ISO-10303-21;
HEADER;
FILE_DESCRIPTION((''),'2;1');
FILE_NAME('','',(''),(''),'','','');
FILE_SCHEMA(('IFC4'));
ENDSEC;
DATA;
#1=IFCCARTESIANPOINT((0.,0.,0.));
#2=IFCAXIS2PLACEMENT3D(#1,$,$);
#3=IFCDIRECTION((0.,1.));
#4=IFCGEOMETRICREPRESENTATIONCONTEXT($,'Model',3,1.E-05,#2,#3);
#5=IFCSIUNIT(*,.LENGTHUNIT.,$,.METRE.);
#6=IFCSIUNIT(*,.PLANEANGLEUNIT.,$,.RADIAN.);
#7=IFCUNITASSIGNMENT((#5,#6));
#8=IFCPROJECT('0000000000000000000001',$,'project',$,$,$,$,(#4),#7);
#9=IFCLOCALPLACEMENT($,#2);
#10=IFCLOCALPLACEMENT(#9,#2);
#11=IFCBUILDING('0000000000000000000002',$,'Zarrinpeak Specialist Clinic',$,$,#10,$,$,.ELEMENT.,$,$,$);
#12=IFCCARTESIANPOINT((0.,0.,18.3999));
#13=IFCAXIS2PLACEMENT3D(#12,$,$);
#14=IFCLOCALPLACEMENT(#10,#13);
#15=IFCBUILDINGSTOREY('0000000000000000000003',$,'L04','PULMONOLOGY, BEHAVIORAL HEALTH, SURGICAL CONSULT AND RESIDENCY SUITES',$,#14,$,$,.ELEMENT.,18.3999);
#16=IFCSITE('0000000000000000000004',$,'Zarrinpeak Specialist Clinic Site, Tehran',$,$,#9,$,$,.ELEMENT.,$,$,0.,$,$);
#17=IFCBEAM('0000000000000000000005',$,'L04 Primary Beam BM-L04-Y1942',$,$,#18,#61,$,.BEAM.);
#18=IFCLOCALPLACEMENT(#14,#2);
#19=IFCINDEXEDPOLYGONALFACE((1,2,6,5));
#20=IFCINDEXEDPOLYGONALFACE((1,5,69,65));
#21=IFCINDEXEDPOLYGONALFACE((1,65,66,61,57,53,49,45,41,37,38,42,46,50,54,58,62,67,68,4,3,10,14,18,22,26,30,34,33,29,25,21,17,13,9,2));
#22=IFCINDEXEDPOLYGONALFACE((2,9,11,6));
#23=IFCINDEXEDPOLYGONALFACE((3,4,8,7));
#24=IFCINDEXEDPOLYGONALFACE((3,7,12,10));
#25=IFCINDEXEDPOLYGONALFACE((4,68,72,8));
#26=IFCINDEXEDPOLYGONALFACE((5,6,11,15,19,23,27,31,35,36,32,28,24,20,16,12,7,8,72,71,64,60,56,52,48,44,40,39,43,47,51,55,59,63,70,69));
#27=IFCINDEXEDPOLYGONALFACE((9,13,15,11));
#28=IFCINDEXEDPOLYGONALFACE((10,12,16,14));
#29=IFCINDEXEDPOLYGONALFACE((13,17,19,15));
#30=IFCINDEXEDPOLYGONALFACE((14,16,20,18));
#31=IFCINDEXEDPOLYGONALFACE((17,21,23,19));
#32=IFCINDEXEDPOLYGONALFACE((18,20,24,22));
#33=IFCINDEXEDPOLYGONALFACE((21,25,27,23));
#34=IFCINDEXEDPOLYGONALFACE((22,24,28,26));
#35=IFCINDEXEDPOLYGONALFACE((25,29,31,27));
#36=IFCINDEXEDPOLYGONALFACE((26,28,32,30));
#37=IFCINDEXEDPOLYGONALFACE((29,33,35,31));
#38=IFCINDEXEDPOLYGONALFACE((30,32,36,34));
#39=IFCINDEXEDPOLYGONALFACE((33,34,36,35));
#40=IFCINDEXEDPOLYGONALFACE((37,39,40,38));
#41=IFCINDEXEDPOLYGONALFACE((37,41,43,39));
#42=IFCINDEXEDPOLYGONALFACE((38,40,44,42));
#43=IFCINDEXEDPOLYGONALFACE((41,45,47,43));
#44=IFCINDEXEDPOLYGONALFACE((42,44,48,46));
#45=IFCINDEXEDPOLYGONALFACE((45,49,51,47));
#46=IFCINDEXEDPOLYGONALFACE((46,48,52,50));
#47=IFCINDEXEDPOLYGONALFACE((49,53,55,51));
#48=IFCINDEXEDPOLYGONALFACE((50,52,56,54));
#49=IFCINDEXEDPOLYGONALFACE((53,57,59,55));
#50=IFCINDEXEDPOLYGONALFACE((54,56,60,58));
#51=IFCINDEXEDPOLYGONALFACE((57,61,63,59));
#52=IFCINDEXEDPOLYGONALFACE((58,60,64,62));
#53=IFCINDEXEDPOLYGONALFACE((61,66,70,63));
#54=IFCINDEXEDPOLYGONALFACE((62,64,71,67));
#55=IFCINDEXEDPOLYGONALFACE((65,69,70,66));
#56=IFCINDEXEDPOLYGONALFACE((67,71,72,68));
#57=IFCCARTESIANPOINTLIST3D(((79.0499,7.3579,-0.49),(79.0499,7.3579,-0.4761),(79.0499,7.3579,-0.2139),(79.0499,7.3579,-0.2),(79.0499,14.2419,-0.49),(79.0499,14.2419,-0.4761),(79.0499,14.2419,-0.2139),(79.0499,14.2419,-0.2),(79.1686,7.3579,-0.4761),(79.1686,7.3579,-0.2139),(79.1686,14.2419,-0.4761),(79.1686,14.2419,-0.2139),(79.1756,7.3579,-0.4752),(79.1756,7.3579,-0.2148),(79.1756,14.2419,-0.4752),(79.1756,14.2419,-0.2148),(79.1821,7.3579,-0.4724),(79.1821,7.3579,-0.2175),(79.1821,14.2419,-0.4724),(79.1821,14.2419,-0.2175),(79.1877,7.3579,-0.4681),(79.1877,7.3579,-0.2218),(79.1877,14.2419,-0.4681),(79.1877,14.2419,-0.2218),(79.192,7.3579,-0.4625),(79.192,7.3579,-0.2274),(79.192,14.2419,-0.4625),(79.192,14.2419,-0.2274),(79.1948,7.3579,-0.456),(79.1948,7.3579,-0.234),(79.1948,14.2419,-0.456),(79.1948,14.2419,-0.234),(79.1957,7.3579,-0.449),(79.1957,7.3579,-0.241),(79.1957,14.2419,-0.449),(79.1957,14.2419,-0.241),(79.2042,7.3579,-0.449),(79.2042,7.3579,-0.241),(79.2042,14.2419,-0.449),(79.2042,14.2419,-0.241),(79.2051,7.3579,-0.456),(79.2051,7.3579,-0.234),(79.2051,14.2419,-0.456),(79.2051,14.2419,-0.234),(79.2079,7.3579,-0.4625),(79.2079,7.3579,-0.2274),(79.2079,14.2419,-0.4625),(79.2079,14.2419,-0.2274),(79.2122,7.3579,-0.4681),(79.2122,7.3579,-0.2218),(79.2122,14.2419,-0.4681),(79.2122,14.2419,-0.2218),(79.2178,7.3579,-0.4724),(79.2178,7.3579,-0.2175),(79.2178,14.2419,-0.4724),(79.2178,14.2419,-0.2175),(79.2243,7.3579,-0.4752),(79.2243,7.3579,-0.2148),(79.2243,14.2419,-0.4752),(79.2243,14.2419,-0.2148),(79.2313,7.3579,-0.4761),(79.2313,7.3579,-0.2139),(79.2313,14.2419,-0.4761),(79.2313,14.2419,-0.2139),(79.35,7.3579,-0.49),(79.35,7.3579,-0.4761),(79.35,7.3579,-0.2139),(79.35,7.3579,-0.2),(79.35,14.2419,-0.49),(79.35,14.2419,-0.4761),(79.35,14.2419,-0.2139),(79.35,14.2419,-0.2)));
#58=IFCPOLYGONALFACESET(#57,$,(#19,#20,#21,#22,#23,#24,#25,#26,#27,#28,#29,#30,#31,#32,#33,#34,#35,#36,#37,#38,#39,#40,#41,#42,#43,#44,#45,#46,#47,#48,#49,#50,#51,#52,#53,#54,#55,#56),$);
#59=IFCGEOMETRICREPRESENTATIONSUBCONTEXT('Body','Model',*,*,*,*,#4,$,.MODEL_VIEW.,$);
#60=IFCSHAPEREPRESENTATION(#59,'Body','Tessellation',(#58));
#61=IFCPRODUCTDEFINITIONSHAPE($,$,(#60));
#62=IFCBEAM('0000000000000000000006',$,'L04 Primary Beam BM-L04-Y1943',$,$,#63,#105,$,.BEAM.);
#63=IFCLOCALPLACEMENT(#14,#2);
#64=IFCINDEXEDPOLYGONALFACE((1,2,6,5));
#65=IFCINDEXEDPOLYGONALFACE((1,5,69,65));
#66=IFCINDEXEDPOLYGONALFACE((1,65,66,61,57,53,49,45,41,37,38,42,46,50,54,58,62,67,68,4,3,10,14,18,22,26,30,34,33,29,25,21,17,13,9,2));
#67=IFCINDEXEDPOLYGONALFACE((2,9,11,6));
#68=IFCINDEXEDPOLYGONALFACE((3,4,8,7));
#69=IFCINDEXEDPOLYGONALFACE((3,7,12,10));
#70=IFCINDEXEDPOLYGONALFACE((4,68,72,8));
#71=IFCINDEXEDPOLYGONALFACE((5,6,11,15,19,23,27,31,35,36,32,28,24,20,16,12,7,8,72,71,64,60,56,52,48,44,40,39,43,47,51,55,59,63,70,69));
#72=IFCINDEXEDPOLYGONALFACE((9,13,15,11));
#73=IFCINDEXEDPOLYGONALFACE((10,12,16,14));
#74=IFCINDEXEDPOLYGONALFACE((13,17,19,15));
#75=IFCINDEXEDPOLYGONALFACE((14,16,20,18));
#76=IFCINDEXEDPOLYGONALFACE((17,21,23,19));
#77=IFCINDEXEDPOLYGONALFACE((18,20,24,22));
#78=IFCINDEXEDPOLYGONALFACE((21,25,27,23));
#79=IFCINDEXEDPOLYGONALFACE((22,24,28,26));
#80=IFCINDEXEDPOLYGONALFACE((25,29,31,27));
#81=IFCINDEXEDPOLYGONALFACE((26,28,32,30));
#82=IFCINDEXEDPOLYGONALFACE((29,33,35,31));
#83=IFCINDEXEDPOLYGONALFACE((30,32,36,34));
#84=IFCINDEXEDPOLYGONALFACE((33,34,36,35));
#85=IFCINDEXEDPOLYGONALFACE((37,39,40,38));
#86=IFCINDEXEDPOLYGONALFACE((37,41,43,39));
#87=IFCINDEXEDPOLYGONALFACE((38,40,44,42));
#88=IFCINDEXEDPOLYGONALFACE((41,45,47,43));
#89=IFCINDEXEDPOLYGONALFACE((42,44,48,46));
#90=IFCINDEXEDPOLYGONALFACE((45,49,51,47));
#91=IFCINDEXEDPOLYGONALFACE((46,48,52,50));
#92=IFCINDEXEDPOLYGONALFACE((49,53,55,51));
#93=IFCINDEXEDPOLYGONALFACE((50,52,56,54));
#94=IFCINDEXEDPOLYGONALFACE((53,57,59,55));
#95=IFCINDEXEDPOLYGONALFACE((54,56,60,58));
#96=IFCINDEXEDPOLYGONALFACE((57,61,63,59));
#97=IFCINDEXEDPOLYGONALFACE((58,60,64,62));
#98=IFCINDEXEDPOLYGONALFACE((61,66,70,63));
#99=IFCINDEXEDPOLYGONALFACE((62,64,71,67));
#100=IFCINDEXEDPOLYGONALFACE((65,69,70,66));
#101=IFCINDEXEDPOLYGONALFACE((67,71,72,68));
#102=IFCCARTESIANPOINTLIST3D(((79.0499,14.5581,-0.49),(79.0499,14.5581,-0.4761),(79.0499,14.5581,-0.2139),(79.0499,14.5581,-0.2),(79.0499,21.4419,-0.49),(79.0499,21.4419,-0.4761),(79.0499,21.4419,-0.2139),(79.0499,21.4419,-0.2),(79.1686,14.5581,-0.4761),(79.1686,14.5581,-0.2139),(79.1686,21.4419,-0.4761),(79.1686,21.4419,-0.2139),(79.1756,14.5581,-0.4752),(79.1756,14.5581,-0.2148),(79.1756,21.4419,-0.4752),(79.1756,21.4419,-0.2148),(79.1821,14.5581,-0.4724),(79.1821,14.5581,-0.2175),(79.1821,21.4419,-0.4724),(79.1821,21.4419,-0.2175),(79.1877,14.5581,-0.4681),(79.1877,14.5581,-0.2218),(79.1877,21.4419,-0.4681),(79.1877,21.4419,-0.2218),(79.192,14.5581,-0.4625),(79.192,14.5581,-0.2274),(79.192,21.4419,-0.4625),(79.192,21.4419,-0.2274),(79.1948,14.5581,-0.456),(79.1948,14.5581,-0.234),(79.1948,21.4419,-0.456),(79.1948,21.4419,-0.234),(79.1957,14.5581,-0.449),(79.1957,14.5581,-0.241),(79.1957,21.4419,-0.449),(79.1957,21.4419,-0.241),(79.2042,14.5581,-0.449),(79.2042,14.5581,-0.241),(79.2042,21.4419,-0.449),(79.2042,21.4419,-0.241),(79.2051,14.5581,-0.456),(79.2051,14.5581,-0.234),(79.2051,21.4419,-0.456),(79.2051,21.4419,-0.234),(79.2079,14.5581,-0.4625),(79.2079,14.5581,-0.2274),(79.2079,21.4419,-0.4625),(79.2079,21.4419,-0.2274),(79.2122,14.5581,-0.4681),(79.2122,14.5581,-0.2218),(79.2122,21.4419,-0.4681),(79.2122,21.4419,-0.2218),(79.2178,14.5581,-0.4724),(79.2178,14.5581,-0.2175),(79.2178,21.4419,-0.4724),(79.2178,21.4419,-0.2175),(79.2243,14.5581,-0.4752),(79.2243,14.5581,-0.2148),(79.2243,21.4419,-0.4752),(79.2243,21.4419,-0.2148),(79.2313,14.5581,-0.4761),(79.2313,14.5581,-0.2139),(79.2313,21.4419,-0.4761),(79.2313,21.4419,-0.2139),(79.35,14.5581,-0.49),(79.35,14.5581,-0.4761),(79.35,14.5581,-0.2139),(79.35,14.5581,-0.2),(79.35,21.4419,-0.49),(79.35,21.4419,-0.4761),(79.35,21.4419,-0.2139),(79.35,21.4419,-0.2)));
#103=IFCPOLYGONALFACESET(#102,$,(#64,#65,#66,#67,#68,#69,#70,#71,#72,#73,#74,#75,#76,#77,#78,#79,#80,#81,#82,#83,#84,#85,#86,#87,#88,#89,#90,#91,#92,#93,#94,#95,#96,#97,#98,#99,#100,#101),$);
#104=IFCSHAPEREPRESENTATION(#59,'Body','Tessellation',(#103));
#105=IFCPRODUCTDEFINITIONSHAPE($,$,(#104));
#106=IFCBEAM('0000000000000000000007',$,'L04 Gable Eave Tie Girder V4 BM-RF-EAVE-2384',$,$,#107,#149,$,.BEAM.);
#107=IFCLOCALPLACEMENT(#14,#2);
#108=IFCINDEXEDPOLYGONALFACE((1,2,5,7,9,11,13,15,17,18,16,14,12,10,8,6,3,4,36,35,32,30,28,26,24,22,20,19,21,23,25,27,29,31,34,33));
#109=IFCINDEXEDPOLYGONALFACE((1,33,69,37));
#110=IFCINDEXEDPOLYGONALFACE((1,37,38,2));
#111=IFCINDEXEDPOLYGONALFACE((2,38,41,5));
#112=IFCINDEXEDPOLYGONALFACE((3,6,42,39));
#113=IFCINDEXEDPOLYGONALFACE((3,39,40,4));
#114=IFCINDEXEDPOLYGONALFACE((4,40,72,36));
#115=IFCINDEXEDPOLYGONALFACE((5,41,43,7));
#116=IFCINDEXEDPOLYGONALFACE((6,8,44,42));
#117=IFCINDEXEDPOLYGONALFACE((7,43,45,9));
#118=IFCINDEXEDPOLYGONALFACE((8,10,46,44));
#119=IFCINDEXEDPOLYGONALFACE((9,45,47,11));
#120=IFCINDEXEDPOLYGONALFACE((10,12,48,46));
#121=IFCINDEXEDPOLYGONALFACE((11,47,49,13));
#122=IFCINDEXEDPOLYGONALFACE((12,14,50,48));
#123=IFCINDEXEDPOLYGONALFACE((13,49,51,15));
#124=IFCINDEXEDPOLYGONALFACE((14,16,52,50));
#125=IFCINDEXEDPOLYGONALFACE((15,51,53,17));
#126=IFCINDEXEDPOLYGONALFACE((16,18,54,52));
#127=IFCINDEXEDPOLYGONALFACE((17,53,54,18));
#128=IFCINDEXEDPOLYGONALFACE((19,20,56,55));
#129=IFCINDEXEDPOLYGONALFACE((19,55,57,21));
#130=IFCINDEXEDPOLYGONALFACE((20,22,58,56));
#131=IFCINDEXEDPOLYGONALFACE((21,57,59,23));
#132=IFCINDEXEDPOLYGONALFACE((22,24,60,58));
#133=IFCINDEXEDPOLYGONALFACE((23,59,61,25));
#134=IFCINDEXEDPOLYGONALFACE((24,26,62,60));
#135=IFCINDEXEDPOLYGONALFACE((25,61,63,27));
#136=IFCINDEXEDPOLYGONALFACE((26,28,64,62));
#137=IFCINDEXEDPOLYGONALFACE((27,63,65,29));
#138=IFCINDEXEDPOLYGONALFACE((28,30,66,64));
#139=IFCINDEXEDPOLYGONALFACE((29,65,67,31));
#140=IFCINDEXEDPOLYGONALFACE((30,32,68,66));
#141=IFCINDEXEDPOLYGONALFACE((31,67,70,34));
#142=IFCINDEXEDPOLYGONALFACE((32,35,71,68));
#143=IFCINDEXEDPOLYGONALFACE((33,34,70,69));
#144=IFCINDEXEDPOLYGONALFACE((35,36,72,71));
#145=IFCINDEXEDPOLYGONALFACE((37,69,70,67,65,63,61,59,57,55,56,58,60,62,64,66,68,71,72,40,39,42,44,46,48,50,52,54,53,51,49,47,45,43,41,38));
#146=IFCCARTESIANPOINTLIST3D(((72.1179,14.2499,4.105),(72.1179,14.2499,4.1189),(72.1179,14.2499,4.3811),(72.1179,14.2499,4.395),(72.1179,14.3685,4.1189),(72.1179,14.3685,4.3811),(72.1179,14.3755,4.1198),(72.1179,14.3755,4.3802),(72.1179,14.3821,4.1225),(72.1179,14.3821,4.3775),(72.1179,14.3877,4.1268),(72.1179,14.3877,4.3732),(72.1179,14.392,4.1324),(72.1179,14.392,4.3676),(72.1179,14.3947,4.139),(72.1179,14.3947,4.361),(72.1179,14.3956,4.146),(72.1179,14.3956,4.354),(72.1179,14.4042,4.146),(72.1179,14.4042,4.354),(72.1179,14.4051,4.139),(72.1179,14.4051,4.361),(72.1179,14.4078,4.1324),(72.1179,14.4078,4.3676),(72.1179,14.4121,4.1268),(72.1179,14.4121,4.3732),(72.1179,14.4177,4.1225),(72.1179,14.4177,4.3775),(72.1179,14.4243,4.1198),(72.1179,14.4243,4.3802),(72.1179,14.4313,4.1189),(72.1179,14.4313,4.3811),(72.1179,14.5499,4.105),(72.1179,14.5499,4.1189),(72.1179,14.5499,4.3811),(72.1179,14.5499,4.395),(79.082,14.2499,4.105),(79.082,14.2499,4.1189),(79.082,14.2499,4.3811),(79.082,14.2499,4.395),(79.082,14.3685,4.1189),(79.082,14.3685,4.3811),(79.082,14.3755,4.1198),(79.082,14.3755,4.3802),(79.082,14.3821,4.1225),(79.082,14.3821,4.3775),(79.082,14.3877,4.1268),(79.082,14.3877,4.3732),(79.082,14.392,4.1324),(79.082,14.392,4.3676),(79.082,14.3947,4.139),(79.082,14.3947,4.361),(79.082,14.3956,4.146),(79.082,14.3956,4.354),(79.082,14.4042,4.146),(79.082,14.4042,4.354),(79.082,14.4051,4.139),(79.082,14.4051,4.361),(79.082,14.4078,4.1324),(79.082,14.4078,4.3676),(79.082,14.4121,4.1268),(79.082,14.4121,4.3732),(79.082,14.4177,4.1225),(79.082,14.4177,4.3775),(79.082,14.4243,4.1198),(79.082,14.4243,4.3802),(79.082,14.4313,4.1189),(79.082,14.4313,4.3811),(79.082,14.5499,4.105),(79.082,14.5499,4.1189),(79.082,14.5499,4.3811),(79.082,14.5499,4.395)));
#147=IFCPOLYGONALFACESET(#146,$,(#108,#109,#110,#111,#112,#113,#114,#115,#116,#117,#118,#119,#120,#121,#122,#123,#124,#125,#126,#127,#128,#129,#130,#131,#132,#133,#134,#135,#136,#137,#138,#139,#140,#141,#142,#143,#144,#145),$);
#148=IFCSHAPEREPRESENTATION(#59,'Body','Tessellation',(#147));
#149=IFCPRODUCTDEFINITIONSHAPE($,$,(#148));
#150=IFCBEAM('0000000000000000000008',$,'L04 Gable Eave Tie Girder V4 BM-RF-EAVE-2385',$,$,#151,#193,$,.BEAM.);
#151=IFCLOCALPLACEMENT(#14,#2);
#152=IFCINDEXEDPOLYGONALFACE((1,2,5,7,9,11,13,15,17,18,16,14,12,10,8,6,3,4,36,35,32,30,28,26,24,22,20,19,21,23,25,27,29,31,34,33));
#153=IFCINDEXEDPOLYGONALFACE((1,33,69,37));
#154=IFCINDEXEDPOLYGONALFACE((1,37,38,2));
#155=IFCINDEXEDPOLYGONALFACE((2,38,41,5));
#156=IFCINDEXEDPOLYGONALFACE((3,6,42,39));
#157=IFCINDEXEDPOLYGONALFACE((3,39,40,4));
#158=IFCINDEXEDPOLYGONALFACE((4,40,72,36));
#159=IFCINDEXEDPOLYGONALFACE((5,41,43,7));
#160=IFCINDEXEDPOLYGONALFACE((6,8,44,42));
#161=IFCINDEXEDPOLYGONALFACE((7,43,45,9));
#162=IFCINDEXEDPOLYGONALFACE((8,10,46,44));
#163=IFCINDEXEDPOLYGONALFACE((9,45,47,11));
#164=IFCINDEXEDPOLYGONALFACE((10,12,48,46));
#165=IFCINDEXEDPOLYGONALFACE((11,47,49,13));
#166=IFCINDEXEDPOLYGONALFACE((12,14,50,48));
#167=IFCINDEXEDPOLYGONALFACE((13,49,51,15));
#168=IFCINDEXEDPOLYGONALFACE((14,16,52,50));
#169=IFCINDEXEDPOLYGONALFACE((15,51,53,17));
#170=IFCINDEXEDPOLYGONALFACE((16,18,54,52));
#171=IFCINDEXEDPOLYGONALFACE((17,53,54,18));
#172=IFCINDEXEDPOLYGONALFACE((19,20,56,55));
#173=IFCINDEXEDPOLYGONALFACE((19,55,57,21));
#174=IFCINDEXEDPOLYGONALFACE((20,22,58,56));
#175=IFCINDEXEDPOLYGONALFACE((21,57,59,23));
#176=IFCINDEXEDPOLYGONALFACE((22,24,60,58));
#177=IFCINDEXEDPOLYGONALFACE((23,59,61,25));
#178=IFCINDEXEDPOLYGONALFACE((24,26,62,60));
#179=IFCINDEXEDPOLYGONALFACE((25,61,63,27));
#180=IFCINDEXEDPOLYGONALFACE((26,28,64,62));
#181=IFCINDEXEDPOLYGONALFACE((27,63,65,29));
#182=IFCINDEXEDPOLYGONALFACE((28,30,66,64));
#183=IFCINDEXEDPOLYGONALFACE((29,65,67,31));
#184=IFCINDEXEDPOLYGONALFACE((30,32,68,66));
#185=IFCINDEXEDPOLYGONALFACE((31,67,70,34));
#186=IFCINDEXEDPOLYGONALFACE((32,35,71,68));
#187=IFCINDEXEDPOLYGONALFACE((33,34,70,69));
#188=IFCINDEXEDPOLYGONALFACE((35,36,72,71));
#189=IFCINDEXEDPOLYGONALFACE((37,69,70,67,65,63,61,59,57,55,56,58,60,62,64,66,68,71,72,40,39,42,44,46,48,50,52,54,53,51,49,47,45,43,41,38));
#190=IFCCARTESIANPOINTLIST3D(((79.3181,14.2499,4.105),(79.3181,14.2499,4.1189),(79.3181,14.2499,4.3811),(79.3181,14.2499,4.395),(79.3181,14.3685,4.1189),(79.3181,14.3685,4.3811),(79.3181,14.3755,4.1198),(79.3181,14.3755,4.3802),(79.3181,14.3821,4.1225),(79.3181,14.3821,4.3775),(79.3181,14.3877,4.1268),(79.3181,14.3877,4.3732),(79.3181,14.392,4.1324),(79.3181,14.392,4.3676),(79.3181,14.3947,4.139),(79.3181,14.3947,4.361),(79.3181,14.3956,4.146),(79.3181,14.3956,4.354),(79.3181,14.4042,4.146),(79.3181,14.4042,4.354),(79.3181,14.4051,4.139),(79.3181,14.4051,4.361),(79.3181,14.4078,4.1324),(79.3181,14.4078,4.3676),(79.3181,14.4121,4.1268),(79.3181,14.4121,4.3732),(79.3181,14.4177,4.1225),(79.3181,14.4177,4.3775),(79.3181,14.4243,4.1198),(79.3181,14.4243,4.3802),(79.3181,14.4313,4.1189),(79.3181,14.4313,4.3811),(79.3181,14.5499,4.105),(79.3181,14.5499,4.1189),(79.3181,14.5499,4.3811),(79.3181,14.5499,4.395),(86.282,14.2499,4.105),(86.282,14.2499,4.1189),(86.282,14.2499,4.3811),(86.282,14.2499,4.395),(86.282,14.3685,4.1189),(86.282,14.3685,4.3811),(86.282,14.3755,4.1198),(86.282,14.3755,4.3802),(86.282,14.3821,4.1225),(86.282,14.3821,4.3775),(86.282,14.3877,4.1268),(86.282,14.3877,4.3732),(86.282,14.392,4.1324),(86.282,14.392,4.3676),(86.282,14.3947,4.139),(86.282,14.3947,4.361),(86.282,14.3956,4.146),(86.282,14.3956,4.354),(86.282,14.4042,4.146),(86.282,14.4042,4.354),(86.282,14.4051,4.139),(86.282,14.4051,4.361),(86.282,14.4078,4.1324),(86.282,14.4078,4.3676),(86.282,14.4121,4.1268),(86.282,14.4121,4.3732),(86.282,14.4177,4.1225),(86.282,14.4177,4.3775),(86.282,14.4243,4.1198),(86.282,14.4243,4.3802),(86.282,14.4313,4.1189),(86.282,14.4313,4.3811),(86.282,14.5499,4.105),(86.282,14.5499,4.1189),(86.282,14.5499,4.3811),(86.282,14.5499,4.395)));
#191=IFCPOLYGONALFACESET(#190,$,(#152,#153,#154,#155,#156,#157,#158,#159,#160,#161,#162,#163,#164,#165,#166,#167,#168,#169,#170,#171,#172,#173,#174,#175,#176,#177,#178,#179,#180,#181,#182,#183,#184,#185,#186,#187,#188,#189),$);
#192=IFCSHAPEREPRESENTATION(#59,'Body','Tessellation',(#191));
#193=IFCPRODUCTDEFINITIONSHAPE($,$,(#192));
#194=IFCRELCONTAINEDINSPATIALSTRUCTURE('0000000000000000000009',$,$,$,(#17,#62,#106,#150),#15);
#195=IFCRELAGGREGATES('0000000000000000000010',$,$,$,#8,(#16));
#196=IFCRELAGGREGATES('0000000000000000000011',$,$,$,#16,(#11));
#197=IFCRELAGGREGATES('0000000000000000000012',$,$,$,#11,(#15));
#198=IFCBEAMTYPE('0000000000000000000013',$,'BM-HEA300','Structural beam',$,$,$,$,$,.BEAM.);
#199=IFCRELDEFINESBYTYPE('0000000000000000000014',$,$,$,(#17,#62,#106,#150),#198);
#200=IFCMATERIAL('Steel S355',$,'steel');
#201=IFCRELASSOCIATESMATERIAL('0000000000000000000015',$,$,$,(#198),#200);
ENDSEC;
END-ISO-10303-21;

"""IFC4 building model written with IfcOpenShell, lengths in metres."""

from ifc_helpers import new_model, si_unit, direction, frame, origin, origin_2d, place, context, subcontext, project, spatial, i_section, extrude, material, material_profile, profile_set, type_object, element, save


model = new_model("IFC4")

# Units and contexts
model_context = context("Model", 3, precision=1e-05, world=origin(), true_north=direction((0.0, 1.0)))
body_context = subcontext(model_context, "Body", "Model", "MODEL_VIEW")
ifc_project = project(units=[si_unit("LENGTHUNIT", "METRE"), si_unit("PLANEANGLEUNIT", "RADIAN")], contexts=[model_context])

# Site, building, storey
site_placement = place(None, origin())
site = spatial("IfcSite", under=ifc_project, at=site_placement, Name="Zarrinpeak Specialist Clinic Site, Tehran", CompositionType="ELEMENT", RefElevation=0.0)
building_placement = place(site_placement, origin())
building = spatial("IfcBuilding", under=site, at=building_placement, Name="Zarrinpeak Specialist Clinic", CompositionType="ELEMENT")
storey_placement = place(building_placement, frame((0.0, 0.0, 18.3999)))
storey = spatial("IfcBuildingStorey", under=building, at=storey_placement, Name="L04", Description="PULMONOLOGY, BEHAVIORAL HEALTH, SURGICAL CONSULT AND RESIDENCY SUITES", CompositionType="ELEMENT", Elevation=18.3999)

# Shared definitions
ifc_material_1 = material(Name="Steel S355", Category="steel")

# Beams
ifc_material_profile_1 = material_profile(ifc_material_1, i_section(OverallWidth=0.3, OverallDepth=0.29, WebThickness=0.0085, FlangeThickness=0.0139, FilletRadius=0.0271, at=origin_2d()), Name="HEA 300")
ifc_profile_set_1 = profile_set([ifc_material_profile_1], Name="Steel S355")
beam_type_1 = type_object("IfcBeamType", Name="BM-HEA300", Description="Structural beam", PredefinedType="BEAM", material=ifc_profile_set_1)
beam_1_placement = place(storey_placement, frame((79.2, 7.3579, -0.345), z_axis=(0.0, 1.0, 0.0), x_axis=(-1.0, 0.0, 0.0)))
element("IfcBeam", 1, at=beam_1_placement, inside=storey, type_object=beam_type_1, Name="L04 Primary Beam BM-L04-Y1942", PredefinedType="BEAM", context=body_context, shape_type="SweptSolid", body=[
    extrude(i_section(OverallWidth=0.3, OverallDepth=0.29, WebThickness=0.0085, FlangeThickness=0.0139, FilletRadius=0.0271, at=origin_2d()), origin(), (0.0, 0.0, 1.0), 6.884),
])
beam_2_placement = place(storey_placement, frame((79.2, 14.5581, -0.345), z_axis=(0.0, 1.0, 0.0), x_axis=(-1.0, 0.0, 0.0)))
element("IfcBeam", 2, at=beam_2_placement, inside=storey, type_object=beam_type_1, Name="L04 Primary Beam BM-L04-Y1943", PredefinedType="BEAM", context=body_context, shape_type="SweptSolid", body=[
    extrude(i_section(OverallWidth=0.3, OverallDepth=0.29, WebThickness=0.0085, FlangeThickness=0.0139, FilletRadius=0.0271, at=origin_2d()), origin(), (0.0, 0.0, 1.0), 6.8838),
])
beam_3_placement = place(storey_placement, frame((72.1179, 14.3999, 4.25), z_axis=(1.0, 0.0, 0.0), x_axis=(0.0, 1.0, 0.0)))
element("IfcBeam", 3, at=beam_3_placement, inside=storey, type_object=beam_type_1, Name="L04 Gable Eave Tie Girder V4 BM-RF-EAVE-2384", PredefinedType="BEAM", context=body_context, shape_type="SweptSolid", body=[
    extrude(i_section(OverallWidth=0.3, OverallDepth=0.29, WebThickness=0.0085, FlangeThickness=0.0139, FilletRadius=0.0271, at=origin_2d()), origin(), (0.0, 0.0, 1.0), 6.9641),
])
beam_4_placement = place(storey_placement, frame((79.3181, 14.3999, 4.25), z_axis=(1.0, 0.0, 0.0), x_axis=(0.0, 1.0, 0.0)))
element("IfcBeam", 4, at=beam_4_placement, inside=storey, type_object=beam_type_1, Name="L04 Gable Eave Tie Girder V4 BM-RF-EAVE-2385", PredefinedType="BEAM", context=body_context, shape_type="SweptSolid", body=[
    extrude(i_section(OverallWidth=0.3, OverallDepth=0.29, WebThickness=0.0085, FlangeThickness=0.0139, FilletRadius=0.0271, at=origin_2d()), origin(), (0.0, 0.0, 1.0), 6.9639),
])

save(model, "model.ifc")
